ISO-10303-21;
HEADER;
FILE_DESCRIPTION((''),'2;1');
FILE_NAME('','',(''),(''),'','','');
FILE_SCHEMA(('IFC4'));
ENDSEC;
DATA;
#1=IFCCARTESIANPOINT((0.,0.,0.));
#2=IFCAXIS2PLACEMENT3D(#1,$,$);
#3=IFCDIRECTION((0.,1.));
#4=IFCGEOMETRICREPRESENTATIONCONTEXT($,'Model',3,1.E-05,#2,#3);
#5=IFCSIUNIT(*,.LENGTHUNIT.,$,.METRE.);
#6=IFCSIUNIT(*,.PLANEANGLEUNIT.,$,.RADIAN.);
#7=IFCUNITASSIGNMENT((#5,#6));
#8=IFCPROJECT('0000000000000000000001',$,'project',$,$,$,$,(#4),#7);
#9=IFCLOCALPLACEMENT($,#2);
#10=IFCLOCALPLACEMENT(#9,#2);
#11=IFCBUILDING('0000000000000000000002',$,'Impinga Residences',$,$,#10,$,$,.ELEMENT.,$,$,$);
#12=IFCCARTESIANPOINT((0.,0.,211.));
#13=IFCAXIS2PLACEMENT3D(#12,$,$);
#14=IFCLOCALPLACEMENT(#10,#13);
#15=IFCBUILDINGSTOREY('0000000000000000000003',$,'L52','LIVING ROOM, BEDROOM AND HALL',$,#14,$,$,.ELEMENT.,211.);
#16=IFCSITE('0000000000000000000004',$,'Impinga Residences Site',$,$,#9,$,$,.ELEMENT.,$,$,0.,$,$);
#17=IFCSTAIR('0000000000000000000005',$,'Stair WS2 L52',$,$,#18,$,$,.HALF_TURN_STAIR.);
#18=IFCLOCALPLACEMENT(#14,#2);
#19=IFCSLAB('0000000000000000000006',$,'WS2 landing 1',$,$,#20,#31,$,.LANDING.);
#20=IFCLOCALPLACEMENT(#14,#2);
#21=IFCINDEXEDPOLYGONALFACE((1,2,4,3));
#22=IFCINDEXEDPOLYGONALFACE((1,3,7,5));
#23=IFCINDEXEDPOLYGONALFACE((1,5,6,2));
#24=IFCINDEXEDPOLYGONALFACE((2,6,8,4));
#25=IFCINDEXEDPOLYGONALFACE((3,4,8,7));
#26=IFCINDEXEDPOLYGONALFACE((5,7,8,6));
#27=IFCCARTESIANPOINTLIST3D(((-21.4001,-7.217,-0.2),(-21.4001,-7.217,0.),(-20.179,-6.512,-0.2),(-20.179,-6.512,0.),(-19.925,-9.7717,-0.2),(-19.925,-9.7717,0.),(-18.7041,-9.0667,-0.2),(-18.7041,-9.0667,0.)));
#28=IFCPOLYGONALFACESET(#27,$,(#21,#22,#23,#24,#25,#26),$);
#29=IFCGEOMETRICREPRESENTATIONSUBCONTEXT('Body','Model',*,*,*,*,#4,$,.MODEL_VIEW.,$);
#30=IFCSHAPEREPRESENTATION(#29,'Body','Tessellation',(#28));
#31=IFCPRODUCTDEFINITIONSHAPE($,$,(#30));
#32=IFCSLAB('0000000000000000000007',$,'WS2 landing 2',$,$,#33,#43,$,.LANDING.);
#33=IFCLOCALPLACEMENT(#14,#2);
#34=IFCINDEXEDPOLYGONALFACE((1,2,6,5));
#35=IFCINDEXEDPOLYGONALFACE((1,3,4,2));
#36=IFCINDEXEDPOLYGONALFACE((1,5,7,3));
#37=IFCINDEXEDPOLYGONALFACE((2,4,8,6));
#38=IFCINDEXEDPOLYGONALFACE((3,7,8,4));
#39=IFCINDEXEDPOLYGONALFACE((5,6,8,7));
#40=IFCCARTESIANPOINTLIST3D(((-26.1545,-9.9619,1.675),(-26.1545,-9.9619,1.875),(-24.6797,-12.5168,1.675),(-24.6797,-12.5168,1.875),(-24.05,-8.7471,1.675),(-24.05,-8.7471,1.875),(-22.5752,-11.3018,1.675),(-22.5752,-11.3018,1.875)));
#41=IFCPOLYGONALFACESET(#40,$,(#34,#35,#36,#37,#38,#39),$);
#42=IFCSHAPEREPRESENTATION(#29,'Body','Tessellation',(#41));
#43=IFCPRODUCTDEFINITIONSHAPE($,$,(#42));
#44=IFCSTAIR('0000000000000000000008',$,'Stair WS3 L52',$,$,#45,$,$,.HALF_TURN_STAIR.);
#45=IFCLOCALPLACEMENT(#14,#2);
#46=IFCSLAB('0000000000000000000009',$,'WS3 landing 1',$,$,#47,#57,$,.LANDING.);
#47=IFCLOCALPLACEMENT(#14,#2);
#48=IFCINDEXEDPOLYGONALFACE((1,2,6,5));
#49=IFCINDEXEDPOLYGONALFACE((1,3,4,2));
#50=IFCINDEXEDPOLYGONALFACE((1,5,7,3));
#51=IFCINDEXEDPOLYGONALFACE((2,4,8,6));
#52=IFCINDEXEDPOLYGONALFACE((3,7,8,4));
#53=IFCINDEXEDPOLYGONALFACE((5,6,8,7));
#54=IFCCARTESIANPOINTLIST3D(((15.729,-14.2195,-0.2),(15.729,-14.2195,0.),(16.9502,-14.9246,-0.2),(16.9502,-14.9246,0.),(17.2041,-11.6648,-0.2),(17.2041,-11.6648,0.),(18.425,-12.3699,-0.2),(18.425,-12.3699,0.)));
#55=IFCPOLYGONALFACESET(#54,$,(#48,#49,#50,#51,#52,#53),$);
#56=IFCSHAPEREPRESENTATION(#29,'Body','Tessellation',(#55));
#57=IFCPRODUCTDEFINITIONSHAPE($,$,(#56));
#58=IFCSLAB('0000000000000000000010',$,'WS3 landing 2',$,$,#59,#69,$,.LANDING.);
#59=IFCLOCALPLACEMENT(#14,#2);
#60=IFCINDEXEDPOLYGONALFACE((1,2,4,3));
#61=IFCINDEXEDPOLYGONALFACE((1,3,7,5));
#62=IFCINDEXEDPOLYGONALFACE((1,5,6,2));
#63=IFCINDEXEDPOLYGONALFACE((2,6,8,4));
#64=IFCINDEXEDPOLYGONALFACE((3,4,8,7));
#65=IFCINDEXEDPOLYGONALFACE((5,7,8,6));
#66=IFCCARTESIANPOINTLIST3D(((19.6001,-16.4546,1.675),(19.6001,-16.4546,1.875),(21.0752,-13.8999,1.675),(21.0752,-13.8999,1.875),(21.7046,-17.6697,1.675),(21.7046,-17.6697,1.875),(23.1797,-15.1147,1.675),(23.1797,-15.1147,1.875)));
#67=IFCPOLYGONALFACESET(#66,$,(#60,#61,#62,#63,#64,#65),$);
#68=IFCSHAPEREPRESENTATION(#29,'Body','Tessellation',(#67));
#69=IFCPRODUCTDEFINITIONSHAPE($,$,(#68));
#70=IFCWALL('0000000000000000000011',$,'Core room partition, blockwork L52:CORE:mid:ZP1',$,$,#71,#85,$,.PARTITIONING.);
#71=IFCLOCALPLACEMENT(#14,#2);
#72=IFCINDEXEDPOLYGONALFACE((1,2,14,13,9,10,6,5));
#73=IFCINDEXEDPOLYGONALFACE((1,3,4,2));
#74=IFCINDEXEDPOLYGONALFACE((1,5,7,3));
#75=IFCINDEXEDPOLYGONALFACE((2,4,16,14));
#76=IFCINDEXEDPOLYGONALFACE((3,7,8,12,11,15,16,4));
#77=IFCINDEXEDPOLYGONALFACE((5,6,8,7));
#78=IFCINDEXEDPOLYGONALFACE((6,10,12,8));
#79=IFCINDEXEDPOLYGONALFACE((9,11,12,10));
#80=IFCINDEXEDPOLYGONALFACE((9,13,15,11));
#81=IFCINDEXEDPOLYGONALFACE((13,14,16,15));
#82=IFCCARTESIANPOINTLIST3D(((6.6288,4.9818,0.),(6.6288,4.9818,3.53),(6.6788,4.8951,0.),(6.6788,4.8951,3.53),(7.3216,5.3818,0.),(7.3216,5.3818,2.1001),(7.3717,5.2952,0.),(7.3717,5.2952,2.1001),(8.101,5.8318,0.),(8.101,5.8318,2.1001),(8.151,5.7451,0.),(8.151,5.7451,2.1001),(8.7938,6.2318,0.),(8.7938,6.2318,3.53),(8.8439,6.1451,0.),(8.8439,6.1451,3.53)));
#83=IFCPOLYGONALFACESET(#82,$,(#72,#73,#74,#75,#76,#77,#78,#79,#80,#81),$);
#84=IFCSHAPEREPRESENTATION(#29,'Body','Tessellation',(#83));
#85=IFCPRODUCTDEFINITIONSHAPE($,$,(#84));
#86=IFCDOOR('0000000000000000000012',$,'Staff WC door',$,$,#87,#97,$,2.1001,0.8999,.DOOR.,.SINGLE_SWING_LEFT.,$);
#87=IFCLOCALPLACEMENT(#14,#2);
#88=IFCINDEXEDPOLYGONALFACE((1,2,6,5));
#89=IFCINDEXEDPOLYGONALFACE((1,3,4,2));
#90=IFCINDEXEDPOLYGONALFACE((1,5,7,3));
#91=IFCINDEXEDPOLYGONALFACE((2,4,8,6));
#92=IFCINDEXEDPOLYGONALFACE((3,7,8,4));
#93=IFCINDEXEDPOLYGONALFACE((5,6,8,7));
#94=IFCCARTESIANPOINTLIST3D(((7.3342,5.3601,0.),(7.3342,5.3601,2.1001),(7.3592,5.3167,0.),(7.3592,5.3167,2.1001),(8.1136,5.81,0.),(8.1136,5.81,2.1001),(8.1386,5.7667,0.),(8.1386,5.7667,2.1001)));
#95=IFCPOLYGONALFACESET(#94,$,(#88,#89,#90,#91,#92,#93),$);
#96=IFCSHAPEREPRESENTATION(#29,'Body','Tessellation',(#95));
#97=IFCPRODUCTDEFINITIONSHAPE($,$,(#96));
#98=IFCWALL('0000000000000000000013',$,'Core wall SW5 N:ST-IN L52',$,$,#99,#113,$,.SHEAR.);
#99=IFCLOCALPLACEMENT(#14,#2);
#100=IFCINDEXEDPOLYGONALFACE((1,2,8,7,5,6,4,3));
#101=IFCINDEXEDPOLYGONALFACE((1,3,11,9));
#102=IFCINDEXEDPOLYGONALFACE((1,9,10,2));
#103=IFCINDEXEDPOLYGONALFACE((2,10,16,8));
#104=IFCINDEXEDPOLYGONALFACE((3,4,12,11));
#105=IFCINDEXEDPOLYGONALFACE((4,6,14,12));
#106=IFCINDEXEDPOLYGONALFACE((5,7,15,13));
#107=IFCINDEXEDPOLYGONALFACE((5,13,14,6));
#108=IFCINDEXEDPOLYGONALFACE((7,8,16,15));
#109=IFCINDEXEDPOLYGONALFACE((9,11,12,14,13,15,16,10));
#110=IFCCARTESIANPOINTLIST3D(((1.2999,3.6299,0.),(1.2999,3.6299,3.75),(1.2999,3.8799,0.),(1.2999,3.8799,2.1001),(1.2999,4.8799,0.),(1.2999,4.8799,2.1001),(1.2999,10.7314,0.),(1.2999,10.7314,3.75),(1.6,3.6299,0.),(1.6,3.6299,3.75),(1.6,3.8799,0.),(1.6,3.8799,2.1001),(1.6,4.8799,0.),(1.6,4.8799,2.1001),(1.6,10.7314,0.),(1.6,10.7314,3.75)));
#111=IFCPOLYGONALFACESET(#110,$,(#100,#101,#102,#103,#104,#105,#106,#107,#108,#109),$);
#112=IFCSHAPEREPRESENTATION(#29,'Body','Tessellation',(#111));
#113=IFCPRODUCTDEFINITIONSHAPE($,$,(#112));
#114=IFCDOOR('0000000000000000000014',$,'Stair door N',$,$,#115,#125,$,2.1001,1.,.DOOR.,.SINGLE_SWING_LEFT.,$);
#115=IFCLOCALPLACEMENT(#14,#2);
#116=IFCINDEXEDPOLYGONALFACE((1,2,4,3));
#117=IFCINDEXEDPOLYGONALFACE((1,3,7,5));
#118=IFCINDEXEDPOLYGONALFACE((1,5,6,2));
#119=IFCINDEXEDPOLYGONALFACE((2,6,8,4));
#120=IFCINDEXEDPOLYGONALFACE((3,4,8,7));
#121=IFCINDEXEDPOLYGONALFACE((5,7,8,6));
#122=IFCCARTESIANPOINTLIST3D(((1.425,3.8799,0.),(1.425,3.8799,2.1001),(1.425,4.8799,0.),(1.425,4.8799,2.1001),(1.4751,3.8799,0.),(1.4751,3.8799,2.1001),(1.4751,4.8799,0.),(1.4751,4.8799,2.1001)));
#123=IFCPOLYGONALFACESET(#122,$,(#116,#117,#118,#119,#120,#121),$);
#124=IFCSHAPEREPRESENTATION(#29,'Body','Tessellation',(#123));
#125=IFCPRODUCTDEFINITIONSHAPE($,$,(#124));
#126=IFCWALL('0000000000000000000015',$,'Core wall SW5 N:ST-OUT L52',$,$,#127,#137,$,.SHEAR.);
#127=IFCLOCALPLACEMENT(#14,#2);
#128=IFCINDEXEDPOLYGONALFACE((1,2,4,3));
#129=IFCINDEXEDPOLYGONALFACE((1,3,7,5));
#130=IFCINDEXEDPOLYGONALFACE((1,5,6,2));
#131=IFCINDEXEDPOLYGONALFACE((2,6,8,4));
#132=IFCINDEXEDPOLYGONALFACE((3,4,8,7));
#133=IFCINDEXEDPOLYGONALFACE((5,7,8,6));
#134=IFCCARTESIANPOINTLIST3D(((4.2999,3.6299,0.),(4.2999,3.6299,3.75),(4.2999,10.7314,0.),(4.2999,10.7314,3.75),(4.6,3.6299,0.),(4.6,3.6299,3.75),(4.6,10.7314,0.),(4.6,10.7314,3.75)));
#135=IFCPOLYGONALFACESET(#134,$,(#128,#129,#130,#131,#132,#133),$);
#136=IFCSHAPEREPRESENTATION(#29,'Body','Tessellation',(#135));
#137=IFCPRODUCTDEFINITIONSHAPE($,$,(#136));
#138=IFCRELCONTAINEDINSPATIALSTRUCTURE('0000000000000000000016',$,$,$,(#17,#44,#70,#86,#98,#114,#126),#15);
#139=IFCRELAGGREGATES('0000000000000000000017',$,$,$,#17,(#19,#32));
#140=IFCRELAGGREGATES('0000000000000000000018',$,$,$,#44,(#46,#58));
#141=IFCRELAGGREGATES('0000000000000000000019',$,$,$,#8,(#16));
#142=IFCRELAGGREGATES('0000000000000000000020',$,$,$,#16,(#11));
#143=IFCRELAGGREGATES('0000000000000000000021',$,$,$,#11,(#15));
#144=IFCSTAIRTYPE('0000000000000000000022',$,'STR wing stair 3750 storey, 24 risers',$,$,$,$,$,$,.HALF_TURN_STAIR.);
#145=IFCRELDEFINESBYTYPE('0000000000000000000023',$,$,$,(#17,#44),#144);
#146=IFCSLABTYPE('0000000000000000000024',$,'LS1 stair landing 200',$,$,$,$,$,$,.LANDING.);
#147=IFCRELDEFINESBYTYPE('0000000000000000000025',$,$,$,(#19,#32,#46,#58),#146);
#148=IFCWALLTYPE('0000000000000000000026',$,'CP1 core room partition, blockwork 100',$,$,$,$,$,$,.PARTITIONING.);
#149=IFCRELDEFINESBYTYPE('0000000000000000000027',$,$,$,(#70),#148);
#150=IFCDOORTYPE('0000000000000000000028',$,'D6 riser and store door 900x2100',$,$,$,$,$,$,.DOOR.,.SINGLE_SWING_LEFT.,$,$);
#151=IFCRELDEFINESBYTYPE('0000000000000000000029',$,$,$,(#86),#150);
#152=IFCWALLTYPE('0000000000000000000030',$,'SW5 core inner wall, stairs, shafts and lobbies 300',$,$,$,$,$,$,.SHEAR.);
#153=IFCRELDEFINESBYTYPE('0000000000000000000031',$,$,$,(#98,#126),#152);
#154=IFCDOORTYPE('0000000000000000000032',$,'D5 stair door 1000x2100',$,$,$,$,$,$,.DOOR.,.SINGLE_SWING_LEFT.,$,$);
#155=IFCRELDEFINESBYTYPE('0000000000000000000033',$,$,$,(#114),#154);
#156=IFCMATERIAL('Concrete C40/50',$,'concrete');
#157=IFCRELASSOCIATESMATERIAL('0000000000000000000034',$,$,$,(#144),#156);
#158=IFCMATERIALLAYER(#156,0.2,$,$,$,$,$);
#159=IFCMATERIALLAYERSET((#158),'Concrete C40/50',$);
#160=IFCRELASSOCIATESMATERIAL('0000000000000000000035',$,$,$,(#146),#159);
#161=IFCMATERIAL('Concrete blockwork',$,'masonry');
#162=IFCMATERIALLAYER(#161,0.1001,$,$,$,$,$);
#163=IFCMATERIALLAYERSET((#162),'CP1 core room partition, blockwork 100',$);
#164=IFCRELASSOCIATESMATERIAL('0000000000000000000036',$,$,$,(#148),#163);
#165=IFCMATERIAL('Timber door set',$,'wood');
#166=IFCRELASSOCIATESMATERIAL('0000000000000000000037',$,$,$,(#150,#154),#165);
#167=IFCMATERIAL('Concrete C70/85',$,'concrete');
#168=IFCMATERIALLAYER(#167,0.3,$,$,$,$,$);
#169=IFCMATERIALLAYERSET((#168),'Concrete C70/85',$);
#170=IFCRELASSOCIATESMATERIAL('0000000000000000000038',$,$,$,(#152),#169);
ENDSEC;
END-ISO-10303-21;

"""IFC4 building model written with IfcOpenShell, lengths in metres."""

from ifc_helpers import new_model, si_unit, direction, frame, frame_2d, origin, place, context, subcontext, project, spatial, polyline, rectangle, outline, extrude, material, layer, layer_set, type_object, element, fill, aggregate, save


model = new_model("IFC4")

# Units and contexts
model_context = context("Model", 3, precision=1e-05, world=origin(), true_north=direction((0.0, 1.0)))
body_context = subcontext(model_context, "Body", "Model", "MODEL_VIEW")
ifc_project = project(units=[si_unit("LENGTHUNIT", "METRE"), si_unit("PLANEANGLEUNIT", "RADIAN")], contexts=[model_context])

# Site, building, storey
site_placement = place(None, origin())
site = spatial("IfcSite", under=ifc_project, at=site_placement, Name="Impinga Residences Site", CompositionType="ELEMENT", RefElevation=0.0)
building_placement = place(site_placement, origin())
building = spatial("IfcBuilding", under=site, at=building_placement, Name="Impinga Residences", CompositionType="ELEMENT")
storey_placement = place(building_placement, frame((0.0, 0.0, 211.0)))
storey = spatial("IfcBuildingStorey", under=building, at=storey_placement, Name="L52", Description="LIVING ROOM, BEDROOM AND HALL", CompositionType="ELEMENT", Elevation=211.0)

# Stairs, slabs
ifc_material_1 = material(Name="Concrete C40/50", Category="concrete")
stair_type_1 = type_object("IfcStairType", Name="STR wing stair 3750 storey, 24 risers", PredefinedType="HALF_TURN_STAIR", material=ifc_material_1)
stair_1_placement = place(storey_placement, origin())
stair_1 = element("IfcStair", 1, at=stair_1_placement, inside=storey, type_object=stair_type_1, Name="Stair WS2 L52", PredefinedType="HALF_TURN_STAIR")
ifc_layer_1 = layer(ifc_material_1, 0.2)
ifc_layer_set_1 = layer_set([ifc_layer_1], Name="Concrete C40/50")
slab_type = type_object("IfcSlabType", Name="LS1 stair landing 200", PredefinedType="LANDING", material=ifc_layer_set_1)
slab_1_placement = place(storey_placement, frame((0.0, 0.0, -0.2)))
slab_1 = element("IfcSlab", 2, at=slab_1_placement, type_object=slab_type, Name="WS2 landing 1", PredefinedType="LANDING", context=body_context, shape_type="SweptSolid", body=[
    extrude(outline(polyline([(-18.7041, -9.0667), (-20.179, -6.512), (-21.4001, -7.217), (-19.925, -9.7717), (-18.7041, -9.0667)])), origin(), (0.0, 0.0, 1.0), 0.2),
])
slab_2_placement = place(storey_placement, frame((0.0, 0.0, 1.675)))
slab_2 = element("IfcSlab", 3, at=slab_2_placement, type_object=slab_type, Name="WS2 landing 2", PredefinedType="LANDING", context=body_context, shape_type="SweptSolid", body=[
    extrude(outline(polyline([(-22.5752, -11.3018), (-24.05, -8.7471), (-26.1545, -9.9619), (-24.6797, -12.5168), (-22.5752, -11.3018)])), origin(), (0.0, 0.0, 1.0), 0.2),
])
aggregate(stair_1, [slab_1, slab_2])
stair_2_placement = place(storey_placement, origin())
stair_2 = element("IfcStair", 4, at=stair_2_placement, inside=storey, type_object=stair_type_1, Name="Stair WS3 L52", PredefinedType="HALF_TURN_STAIR")
slab_3_placement = place(storey_placement, frame((0.0, 0.0, -0.2)))
slab_3 = element("IfcSlab", 5, at=slab_3_placement, type_object=slab_type, Name="WS3 landing 1", PredefinedType="LANDING", context=body_context, shape_type="SweptSolid", body=[
    extrude(outline(polyline([(17.2041, -11.6648), (15.729, -14.2195), (16.9502, -14.9246), (18.425, -12.3699), (17.2041, -11.6648)])), origin(), (0.0, 0.0, 1.0), 0.2),
])
slab_4_placement = place(storey_placement, frame((0.0, 0.0, 1.675)))
slab_4 = element("IfcSlab", 6, at=slab_4_placement, type_object=slab_type, Name="WS3 landing 2", PredefinedType="LANDING", context=body_context, shape_type="SweptSolid", body=[
    extrude(outline(polyline([(21.0752, -13.8999), (19.6001, -16.4546), (21.7046, -17.6697), (23.1797, -15.1147), (21.0752, -13.8999)])), origin(), (0.0, 0.0, 1.0), 0.2),
])
aggregate(stair_2, [slab_3, slab_4])

# Walls, openings, doors
ifc_material_2 = material(Name="Concrete blockwork", Category="masonry")
ifc_layer_2 = layer(ifc_material_2, 0.1001)
ifc_layer_set_2 = layer_set([ifc_layer_2], Name="CP1 core room partition, blockwork 100")
wall_type_1 = type_object("IfcWallType", Name="CP1 core room partition, blockwork 100", PredefinedType="PARTITIONING", material=ifc_layer_set_2)
wall_1_placement = place(storey_placement, frame((6.6538, 4.9385, 0.0), z_axis=(0.0, 0.0, 1.0), x_axis=(0.866023, 0.500004, 0.0)))
wall_1 = element("IfcWall", 7, at=wall_1_placement, inside=storey, type_object=wall_type_1, Name="Core room partition, blockwork L52:CORE:mid:ZP1", PredefinedType="PARTITIONING", context=body_context, shape_type="SweptSolid", body=[
    extrude(rectangle(XDim=2.5, YDim=0.1001, at=frame_2d((1.25, 0.0))), origin(), (0.0, 0.0, 1.0), 3.53),
])
opening_1_placement = place(wall_1_placement, frame((0.8, 0.0, 0.0)))
opening_1 = element("IfcOpeningElement", 8, at=opening_1_placement, cuts=wall_1, PredefinedType="OPENING", context=body_context, shape_type="SweptSolid", body=[
    extrude(rectangle(XDim=0.8999, YDim=2.1001, at=frame_2d((0.45, 1.05))), frame((0.0, 0.0601, 0.0), z_axis=(0.0, -1.0, 0.0), x_axis=(1.0, 0.0, 0.0)), (0.0, 0.0, 1.0), 0.1201),
])
ifc_material_3 = material(Name="Timber door set", Category="wood")
door_type_1 = type_object("IfcDoorType", Name="D6 riser and store door 900x2100", OperationType="SINGLE_SWING_LEFT", PredefinedType="DOOR", material=ifc_material_3)
door_1_placement = place(opening_1_placement, origin())
door_1 = element("IfcDoor", 9, at=door_1_placement, inside=storey, type_object=door_type_1, Name="Staff WC door", OperationType="SINGLE_SWING_LEFT", OverallHeight=2.1001, OverallWidth=0.8999, PredefinedType="DOOR", context=body_context, shape_type="SweptSolid", body=[
    extrude(rectangle(XDim=0.8999, YDim=2.1001, at=frame_2d((0.45, 1.05))), frame((0.0, 0.0249, 0.0), z_axis=(0.0, -1.0, 0.0), x_axis=(1.0, 0.0, 0.0)), (0.0, 0.0, 1.0), 0.05),
])
fill(opening_1, door_1)
ifc_material_4 = material(Name="Concrete C70/85", Category="concrete")
ifc_layer_3 = layer(ifc_material_4, 0.3)
ifc_layer_set_3 = layer_set([ifc_layer_3], Name="Concrete C70/85")
wall_type_2 = type_object("IfcWallType", Name="SW5 core inner wall, stairs, shafts and lobbies 300", PredefinedType="SHEAR", material=ifc_layer_set_3)
wall_2_placement = place(storey_placement, frame((1.45, 3.6299, 0.0), z_axis=(0.0, 0.0, 1.0), x_axis=(0.0, 1.0, 0.0)))
wall_2 = element("IfcWall", 10, at=wall_2_placement, inside=storey, type_object=wall_type_2, Name="Core wall SW5 N:ST-IN L52", PredefinedType="SHEAR", context=body_context, shape_type="SweptSolid", body=[
    extrude(rectangle(XDim=7.1016, YDim=0.3, at=frame_2d((3.5508, 0.0))), origin(), (0.0, 0.0, 1.0), 3.75),
])
opening_2_placement = place(wall_2_placement, frame((0.25, 0.0, 0.0)))
opening_2 = element("IfcOpeningElement", 11, at=opening_2_placement, cuts=wall_2, PredefinedType="OPENING", context=body_context, shape_type="SweptSolid", body=[
    extrude(rectangle(XDim=1.0, YDim=2.1001, at=frame_2d((0.5, 1.05))), frame((0.0, 0.1599, 0.0), z_axis=(0.0, -1.0, 0.0), x_axis=(1.0, 0.0, 0.0)), (0.0, 0.0, 1.0), 0.3201),
])
door_type_2 = type_object("IfcDoorType", Name="D5 stair door 1000x2100", OperationType="SINGLE_SWING_LEFT", PredefinedType="DOOR", material=ifc_material_3)
door_2_placement = place(opening_2_placement, origin())
door_2 = element("IfcDoor", 12, at=door_2_placement, inside=storey, type_object=door_type_2, Name="Stair door N", OperationType="SINGLE_SWING_LEFT", OverallHeight=2.1001, OverallWidth=1.0, PredefinedType="DOOR", context=body_context, shape_type="SweptSolid", body=[
    extrude(rectangle(XDim=1.0, YDim=2.1001, at=frame_2d((0.5, 1.05))), frame((0.0, 0.0249, 0.0), z_axis=(0.0, -1.0, 0.0), x_axis=(1.0, 0.0, 0.0)), (0.0, 0.0, 1.0), 0.05),
])
fill(opening_2, door_2)

# Wall
wall_3_placement = place(storey_placement, frame((4.45, 3.6299, 0.0), z_axis=(0.0, 0.0, 1.0), x_axis=(0.0, 1.0, 0.0)))
element("IfcWall", 13, at=wall_3_placement, inside=storey, type_object=wall_type_2, Name="Core wall SW5 N:ST-OUT L52", PredefinedType="SHEAR", context=body_context, shape_type="SweptSolid", body=[
    extrude(rectangle(XDim=7.1016, YDim=0.3, at=frame_2d((3.5508, 0.0))), origin(), (0.0, 0.0, 1.0), 3.75),
])

save(model, "model.ifc")
